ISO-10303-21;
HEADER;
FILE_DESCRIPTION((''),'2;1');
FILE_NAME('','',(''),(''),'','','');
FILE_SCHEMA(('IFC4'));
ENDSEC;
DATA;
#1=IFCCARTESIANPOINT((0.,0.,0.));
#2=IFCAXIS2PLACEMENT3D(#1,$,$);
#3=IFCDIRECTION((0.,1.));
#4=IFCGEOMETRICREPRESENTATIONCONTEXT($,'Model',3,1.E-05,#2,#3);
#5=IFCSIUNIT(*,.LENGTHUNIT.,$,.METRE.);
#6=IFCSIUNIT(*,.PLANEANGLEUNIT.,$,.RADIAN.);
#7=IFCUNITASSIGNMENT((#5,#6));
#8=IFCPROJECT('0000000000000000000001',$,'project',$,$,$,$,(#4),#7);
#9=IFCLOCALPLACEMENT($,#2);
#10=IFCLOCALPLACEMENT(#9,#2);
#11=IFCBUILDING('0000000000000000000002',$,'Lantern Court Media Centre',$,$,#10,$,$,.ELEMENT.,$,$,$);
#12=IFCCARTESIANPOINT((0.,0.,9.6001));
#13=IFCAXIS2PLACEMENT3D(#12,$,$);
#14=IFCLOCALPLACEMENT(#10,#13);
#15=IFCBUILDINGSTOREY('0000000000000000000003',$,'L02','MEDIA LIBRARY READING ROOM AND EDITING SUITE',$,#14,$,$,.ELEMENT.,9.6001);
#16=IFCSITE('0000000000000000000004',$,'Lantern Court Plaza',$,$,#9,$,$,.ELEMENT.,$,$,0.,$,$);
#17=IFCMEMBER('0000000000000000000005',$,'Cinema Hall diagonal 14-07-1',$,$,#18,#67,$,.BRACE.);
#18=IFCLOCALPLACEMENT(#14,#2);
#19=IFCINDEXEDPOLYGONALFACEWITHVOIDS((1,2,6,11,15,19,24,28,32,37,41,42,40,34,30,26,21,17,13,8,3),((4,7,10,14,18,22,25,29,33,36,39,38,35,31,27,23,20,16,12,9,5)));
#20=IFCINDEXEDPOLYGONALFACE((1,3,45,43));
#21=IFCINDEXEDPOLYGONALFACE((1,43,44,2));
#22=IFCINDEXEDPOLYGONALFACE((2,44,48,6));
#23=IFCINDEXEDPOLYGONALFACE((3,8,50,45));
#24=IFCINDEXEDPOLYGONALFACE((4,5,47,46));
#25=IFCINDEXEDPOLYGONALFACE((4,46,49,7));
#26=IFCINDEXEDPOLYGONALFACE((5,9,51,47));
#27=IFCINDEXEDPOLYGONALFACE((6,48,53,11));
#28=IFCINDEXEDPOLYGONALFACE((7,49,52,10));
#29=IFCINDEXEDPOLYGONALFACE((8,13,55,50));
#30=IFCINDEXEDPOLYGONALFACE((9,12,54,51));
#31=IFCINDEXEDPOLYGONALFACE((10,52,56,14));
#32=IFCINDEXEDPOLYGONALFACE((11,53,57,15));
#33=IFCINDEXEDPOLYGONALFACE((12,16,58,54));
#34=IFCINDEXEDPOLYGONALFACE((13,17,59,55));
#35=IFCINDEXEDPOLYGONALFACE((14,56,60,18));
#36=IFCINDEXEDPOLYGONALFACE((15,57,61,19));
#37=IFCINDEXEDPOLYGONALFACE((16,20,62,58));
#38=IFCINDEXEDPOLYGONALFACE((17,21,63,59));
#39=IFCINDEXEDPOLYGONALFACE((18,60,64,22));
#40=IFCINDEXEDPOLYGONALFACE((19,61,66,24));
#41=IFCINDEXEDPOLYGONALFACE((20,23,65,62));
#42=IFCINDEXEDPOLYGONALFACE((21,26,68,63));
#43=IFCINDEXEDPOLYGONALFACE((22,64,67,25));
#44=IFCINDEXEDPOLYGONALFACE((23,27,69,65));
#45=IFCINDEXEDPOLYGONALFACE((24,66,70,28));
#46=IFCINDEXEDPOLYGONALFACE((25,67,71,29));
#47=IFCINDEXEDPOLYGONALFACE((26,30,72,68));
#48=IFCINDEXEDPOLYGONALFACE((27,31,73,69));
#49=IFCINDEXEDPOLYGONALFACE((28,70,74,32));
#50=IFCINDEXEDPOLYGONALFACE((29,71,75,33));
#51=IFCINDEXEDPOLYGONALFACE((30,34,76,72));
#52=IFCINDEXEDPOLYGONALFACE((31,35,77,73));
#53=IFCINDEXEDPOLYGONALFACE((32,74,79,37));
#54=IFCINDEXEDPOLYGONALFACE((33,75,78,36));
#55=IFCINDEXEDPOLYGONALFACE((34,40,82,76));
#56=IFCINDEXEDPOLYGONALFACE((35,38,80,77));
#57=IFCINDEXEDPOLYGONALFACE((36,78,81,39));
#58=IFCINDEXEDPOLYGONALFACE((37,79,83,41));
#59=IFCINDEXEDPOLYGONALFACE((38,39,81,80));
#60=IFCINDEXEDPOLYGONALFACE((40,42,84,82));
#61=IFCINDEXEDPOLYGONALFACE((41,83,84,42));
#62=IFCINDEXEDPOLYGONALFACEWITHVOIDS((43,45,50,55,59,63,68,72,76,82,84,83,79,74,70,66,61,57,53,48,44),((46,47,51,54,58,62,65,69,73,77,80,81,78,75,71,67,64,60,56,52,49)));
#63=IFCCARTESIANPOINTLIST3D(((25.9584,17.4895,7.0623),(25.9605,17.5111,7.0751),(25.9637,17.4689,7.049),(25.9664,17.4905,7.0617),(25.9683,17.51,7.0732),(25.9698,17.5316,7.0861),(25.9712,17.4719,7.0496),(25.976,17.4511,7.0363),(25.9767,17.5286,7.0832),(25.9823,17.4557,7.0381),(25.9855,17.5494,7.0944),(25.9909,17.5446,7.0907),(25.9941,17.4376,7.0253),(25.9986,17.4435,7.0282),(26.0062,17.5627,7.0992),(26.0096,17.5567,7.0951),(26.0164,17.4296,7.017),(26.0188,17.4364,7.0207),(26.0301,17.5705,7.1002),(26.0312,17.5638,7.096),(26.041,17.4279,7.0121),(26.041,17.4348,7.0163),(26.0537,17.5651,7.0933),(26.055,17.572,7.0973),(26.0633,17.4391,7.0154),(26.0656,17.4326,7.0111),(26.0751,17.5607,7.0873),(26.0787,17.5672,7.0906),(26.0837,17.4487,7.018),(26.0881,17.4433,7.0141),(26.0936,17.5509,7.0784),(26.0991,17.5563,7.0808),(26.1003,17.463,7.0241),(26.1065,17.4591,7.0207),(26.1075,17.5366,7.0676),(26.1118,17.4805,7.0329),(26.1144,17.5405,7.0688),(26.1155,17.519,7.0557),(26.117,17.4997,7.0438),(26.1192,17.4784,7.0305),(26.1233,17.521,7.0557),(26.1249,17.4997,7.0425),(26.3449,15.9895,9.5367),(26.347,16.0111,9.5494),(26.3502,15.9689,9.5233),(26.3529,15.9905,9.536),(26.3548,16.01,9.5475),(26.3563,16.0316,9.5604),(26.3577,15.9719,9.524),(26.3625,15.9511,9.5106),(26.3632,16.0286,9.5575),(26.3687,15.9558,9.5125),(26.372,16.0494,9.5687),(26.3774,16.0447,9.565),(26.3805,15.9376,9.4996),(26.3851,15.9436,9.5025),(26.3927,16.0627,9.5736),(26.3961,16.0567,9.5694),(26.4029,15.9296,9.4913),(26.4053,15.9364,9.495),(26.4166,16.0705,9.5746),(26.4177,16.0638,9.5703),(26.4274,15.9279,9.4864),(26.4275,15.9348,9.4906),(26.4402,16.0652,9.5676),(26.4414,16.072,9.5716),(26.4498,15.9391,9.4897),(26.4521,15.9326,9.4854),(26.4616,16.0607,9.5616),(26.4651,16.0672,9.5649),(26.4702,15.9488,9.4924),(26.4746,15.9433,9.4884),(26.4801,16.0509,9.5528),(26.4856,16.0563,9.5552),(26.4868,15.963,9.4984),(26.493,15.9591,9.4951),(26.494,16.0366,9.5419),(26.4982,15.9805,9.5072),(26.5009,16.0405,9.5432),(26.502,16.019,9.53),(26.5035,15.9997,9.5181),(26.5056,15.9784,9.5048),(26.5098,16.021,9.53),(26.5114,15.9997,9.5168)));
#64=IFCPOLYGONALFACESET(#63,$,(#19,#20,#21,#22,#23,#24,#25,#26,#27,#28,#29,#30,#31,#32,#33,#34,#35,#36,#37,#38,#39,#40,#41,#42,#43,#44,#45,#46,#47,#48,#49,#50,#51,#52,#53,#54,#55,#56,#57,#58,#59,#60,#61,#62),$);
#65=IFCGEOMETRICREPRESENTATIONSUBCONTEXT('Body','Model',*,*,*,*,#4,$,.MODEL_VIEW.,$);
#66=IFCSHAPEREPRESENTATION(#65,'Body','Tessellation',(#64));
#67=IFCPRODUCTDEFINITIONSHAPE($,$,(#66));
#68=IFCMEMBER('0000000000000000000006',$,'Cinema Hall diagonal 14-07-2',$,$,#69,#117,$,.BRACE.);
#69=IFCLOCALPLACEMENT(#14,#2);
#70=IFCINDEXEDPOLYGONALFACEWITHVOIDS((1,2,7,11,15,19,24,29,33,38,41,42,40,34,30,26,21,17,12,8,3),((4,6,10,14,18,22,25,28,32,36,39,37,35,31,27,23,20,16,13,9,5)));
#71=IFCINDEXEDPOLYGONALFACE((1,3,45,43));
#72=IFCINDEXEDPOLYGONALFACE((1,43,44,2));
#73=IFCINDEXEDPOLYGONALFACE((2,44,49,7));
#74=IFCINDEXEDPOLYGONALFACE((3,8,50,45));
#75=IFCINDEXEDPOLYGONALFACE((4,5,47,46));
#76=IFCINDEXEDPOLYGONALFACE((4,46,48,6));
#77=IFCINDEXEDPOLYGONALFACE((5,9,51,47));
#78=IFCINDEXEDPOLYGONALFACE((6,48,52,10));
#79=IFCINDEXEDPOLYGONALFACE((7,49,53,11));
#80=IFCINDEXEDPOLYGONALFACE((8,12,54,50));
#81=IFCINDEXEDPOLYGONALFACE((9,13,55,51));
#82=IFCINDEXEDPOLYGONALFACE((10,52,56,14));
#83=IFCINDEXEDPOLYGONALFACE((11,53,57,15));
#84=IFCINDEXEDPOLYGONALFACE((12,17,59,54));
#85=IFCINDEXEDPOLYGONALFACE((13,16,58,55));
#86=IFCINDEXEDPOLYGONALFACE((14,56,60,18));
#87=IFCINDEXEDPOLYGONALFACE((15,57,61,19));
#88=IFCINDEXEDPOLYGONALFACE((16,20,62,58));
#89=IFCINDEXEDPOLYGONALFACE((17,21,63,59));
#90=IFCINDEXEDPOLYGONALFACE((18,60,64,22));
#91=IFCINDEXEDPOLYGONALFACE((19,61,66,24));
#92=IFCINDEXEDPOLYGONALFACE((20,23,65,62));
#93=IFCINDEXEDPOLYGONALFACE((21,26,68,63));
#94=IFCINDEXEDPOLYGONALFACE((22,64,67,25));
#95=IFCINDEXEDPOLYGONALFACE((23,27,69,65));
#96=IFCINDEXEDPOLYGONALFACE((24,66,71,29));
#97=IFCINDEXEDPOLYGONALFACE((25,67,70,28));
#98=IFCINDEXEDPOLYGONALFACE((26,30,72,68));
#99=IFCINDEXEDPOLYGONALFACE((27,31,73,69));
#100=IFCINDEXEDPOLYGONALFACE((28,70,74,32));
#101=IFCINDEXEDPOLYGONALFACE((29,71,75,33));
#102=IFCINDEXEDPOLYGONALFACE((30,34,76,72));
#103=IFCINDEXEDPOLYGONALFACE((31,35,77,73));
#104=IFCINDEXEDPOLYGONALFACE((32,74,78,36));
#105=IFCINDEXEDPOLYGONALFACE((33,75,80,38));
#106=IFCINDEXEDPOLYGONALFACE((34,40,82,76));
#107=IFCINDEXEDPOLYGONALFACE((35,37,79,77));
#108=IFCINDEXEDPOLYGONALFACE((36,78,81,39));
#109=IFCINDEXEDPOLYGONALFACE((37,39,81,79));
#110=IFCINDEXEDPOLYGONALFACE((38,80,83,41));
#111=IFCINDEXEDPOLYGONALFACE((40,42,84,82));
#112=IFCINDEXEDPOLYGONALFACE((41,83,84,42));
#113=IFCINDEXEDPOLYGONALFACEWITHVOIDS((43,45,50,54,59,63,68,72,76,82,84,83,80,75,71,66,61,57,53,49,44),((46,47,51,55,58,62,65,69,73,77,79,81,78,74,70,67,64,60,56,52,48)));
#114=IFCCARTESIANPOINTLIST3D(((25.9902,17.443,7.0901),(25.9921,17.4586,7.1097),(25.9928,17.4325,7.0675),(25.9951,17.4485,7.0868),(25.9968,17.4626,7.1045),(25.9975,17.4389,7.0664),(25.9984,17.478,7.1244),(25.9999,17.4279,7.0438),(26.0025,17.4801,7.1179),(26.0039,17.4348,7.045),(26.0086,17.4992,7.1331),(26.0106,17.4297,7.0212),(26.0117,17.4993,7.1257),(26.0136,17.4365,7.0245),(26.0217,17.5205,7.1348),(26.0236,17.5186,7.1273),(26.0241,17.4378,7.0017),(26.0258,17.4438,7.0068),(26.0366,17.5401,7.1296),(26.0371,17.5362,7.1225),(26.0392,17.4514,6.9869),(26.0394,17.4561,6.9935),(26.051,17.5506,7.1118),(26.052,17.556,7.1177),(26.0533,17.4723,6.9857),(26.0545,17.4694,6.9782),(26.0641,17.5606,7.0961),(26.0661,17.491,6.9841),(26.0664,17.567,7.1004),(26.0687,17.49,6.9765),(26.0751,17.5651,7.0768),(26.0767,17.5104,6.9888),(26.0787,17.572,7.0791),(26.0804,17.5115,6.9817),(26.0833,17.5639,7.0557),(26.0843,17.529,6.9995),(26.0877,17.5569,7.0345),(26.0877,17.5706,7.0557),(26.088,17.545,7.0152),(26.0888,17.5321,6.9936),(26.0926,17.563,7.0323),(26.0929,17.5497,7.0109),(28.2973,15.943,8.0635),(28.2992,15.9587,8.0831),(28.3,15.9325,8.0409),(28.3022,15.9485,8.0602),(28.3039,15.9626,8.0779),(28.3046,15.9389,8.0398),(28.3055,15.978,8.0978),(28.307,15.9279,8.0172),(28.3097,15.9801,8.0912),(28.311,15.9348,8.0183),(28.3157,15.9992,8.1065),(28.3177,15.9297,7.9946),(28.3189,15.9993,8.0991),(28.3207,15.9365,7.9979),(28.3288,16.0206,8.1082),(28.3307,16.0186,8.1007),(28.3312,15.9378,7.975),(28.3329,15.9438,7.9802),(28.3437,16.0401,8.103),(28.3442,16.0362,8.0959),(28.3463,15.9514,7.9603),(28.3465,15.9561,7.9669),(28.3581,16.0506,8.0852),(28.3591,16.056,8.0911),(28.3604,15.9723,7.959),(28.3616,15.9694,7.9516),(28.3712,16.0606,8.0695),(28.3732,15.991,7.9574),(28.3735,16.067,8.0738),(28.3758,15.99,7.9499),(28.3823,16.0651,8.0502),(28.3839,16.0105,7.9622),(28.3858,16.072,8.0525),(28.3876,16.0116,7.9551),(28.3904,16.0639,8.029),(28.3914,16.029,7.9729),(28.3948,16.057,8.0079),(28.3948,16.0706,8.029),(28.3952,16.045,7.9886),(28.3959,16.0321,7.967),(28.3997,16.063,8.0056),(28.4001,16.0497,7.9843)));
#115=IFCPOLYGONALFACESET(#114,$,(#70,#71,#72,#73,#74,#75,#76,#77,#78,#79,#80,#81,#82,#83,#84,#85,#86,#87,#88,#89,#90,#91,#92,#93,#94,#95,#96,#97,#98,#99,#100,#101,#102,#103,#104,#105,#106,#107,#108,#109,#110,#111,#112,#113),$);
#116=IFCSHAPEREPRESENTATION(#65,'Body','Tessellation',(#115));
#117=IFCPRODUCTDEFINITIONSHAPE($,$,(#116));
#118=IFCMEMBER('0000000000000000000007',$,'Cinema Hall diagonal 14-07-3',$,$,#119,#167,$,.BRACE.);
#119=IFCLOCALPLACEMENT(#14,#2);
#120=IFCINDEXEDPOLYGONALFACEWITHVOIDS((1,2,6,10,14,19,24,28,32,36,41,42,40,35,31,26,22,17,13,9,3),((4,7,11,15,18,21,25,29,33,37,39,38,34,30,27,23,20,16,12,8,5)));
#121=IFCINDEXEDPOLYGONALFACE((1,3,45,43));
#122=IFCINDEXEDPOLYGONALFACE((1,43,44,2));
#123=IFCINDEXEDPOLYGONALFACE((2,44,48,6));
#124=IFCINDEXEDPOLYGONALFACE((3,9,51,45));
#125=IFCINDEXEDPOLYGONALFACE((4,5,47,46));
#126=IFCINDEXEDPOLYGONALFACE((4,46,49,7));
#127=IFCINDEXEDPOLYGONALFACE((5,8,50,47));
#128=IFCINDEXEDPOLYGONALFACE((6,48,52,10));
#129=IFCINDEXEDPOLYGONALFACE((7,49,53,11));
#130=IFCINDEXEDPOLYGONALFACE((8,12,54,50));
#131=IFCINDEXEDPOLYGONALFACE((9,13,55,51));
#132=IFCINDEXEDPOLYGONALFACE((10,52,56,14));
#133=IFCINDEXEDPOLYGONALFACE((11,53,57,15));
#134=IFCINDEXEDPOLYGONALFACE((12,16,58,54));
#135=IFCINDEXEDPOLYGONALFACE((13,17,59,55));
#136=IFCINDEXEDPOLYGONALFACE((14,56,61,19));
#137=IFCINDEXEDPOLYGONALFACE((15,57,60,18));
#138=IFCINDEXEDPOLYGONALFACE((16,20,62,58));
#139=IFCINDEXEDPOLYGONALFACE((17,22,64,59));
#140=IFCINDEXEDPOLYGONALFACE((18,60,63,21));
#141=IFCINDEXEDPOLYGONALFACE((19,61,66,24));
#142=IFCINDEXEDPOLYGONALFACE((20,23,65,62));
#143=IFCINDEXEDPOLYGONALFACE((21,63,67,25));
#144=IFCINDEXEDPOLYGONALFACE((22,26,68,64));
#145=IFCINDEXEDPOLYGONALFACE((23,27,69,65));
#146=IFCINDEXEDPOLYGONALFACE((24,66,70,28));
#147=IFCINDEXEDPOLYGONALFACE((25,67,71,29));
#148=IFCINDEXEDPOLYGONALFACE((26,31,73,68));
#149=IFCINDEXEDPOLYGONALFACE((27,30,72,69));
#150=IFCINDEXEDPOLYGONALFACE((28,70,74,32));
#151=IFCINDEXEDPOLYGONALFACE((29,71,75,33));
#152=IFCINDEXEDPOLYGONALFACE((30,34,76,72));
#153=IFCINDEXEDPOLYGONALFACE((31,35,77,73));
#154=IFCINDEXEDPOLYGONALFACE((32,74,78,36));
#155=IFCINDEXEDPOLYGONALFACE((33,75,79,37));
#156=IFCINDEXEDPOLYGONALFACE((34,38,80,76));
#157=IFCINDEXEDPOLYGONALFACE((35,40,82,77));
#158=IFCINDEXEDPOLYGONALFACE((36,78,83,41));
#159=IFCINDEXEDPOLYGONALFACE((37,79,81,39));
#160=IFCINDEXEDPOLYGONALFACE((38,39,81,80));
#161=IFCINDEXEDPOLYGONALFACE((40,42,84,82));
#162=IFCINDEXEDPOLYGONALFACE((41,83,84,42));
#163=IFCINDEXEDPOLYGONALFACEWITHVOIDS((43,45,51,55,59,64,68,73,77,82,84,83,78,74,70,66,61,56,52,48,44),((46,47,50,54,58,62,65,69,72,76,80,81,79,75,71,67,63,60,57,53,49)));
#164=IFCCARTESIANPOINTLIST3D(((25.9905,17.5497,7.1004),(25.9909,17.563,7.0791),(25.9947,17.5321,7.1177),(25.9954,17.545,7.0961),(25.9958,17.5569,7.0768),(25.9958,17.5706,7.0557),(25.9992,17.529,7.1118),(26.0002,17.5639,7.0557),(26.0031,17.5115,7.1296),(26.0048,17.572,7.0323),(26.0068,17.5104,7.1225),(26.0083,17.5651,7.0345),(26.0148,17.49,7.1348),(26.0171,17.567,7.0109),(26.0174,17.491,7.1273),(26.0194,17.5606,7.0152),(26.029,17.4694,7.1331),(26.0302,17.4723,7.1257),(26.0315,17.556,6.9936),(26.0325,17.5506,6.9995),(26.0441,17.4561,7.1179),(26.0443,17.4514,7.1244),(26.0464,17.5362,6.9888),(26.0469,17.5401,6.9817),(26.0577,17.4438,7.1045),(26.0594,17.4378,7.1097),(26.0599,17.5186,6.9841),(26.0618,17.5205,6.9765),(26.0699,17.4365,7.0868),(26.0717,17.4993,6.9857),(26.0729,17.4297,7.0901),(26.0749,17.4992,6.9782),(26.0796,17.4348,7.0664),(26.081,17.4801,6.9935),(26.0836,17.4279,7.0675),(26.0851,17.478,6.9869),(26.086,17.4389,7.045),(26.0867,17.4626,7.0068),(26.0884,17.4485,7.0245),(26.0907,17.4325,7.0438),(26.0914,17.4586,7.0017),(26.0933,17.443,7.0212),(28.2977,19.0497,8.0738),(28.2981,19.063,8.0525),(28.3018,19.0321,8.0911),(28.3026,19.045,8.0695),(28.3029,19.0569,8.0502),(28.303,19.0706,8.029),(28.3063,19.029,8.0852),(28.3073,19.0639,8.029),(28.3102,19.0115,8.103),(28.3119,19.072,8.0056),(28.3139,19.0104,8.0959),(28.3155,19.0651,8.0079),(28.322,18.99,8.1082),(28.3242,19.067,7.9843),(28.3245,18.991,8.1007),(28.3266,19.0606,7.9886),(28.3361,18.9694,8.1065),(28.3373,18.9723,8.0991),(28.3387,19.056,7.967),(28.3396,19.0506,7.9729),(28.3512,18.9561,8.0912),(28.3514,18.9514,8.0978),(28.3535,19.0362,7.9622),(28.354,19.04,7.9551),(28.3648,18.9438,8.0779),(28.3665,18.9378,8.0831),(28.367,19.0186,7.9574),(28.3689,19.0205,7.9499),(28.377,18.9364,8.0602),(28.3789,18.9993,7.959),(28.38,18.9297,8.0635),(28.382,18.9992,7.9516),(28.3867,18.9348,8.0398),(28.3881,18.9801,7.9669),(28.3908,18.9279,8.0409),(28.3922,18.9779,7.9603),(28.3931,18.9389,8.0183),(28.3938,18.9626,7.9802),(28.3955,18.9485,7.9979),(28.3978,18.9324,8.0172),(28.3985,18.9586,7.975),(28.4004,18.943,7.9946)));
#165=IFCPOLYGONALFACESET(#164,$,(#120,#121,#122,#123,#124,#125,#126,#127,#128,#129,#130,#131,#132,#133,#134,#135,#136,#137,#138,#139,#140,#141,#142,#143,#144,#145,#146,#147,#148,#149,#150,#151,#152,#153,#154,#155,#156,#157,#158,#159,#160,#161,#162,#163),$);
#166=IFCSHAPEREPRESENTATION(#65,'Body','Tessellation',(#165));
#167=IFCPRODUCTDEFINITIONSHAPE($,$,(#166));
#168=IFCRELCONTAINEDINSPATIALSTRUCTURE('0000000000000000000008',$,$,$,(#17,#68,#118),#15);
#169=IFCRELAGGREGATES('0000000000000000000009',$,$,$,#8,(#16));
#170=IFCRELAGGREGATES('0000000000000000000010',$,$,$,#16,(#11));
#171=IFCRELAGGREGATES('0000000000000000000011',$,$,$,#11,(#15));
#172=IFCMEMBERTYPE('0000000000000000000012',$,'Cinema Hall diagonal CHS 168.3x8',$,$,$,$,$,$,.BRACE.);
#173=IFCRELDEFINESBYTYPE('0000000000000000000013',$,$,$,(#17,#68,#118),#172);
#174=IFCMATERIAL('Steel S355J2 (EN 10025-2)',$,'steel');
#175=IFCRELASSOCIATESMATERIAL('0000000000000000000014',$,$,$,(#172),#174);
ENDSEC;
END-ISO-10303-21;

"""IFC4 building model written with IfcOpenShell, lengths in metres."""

from ifc_helpers import new_model, si_unit, direction, frame, origin, origin_2d, place, context, subcontext, project, spatial, hollow_circle, extrude, material, material_profile, profile_set, type_object, element, save


model = new_model("IFC4")

# Units and contexts
model_context = context("Model", 3, precision=1e-05, world=origin(), true_north=direction((0.0, 1.0)))
body_context = subcontext(model_context, "Body", "Model", "MODEL_VIEW")
ifc_project = project(units=[si_unit("LENGTHUNIT", "METRE"), si_unit("PLANEANGLEUNIT", "RADIAN")], contexts=[model_context])

# Site, building, storey
site_placement = place(None, origin())
site = spatial("IfcSite", under=ifc_project, at=site_placement, Name="Lantern Court Plaza", CompositionType="ELEMENT", RefElevation=0.0)
building_placement = place(site_placement, origin())
building = spatial("IfcBuilding", under=site, at=building_placement, Name="Lantern Court Media Centre", CompositionType="ELEMENT")
storey_placement = place(building_placement, frame((0.0, 0.0, 9.6001)))
storey = spatial("IfcBuildingStorey", under=building, at=storey_placement, Name="L02", Description="MEDIA LIBRARY READING ROOM AND EDITING SUITE", CompositionType="ELEMENT", Elevation=9.6001)

# Members
ifc_material = material(Name="Steel S355J2 (EN 10025-2)", Category="steel")
ifc_material_profile_1 = material_profile(ifc_material, hollow_circle(Radius=0.0842, WallThickness=0.0081, at=origin_2d()), Name="Cinema Hall diagonal CHS 168.3x8")
ifc_profile_set_1 = profile_set([ifc_material_profile_1], Name="Steel S355J2 (EN 10025-2)")
member_type_1 = type_object("IfcMemberType", Name="Cinema Hall diagonal CHS 168.3x8", PredefinedType="BRACE", material=ifc_profile_set_1)
for number, where, z_axis, x_axis, name in (
    (1, (26.0417, 17.5, 7.0557), (0.13239, -0.513836, 0.847612), (0.968374, 0.249501, 0.0), "Cinema Hall diagonal 14-07-1"),
):
    element("IfcMember", number, at=place(storey_placement, frame(where, z_axis=z_axis, x_axis=x_axis)), inside=storey, type_object=member_type_1, Name=name, PredefinedType="BRACE", context=body_context, shape_type="SweptSolid", body=[
        extrude(hollow_circle(Radius=0.0842, WallThickness=0.0081, at=origin_2d()), origin(), (0.0, 0.0, 1.0), 2.9192),
    ])
for number, where, z_axis, x_axis, name in (
    (2, (26.0417, 17.5, 7.0557), (0.790394, -0.513882, 0.333471), (0.545082, 0.838383, 0.0), "Cinema Hall diagonal 14-07-2"),
    (3, (26.0417, 17.5, 7.0557), (0.790394, 0.513882, 0.333471), (-0.545082, 0.838383, 0.0), "Cinema Hall diagonal 14-07-3"),
):
    element("IfcMember", number, at=place(storey_placement, frame(where, z_axis=z_axis, x_axis=x_axis)), inside=storey, type_object=member_type_1, Name=name, PredefinedType="BRACE", context=body_context, shape_type="SweptSolid", body=[
        extrude(hollow_circle(Radius=0.0842, WallThickness=0.0081, at=origin_2d()), origin(), (0.0, 0.0, 1.0), 2.9189),
    ])

save(model, "model.ifc")
